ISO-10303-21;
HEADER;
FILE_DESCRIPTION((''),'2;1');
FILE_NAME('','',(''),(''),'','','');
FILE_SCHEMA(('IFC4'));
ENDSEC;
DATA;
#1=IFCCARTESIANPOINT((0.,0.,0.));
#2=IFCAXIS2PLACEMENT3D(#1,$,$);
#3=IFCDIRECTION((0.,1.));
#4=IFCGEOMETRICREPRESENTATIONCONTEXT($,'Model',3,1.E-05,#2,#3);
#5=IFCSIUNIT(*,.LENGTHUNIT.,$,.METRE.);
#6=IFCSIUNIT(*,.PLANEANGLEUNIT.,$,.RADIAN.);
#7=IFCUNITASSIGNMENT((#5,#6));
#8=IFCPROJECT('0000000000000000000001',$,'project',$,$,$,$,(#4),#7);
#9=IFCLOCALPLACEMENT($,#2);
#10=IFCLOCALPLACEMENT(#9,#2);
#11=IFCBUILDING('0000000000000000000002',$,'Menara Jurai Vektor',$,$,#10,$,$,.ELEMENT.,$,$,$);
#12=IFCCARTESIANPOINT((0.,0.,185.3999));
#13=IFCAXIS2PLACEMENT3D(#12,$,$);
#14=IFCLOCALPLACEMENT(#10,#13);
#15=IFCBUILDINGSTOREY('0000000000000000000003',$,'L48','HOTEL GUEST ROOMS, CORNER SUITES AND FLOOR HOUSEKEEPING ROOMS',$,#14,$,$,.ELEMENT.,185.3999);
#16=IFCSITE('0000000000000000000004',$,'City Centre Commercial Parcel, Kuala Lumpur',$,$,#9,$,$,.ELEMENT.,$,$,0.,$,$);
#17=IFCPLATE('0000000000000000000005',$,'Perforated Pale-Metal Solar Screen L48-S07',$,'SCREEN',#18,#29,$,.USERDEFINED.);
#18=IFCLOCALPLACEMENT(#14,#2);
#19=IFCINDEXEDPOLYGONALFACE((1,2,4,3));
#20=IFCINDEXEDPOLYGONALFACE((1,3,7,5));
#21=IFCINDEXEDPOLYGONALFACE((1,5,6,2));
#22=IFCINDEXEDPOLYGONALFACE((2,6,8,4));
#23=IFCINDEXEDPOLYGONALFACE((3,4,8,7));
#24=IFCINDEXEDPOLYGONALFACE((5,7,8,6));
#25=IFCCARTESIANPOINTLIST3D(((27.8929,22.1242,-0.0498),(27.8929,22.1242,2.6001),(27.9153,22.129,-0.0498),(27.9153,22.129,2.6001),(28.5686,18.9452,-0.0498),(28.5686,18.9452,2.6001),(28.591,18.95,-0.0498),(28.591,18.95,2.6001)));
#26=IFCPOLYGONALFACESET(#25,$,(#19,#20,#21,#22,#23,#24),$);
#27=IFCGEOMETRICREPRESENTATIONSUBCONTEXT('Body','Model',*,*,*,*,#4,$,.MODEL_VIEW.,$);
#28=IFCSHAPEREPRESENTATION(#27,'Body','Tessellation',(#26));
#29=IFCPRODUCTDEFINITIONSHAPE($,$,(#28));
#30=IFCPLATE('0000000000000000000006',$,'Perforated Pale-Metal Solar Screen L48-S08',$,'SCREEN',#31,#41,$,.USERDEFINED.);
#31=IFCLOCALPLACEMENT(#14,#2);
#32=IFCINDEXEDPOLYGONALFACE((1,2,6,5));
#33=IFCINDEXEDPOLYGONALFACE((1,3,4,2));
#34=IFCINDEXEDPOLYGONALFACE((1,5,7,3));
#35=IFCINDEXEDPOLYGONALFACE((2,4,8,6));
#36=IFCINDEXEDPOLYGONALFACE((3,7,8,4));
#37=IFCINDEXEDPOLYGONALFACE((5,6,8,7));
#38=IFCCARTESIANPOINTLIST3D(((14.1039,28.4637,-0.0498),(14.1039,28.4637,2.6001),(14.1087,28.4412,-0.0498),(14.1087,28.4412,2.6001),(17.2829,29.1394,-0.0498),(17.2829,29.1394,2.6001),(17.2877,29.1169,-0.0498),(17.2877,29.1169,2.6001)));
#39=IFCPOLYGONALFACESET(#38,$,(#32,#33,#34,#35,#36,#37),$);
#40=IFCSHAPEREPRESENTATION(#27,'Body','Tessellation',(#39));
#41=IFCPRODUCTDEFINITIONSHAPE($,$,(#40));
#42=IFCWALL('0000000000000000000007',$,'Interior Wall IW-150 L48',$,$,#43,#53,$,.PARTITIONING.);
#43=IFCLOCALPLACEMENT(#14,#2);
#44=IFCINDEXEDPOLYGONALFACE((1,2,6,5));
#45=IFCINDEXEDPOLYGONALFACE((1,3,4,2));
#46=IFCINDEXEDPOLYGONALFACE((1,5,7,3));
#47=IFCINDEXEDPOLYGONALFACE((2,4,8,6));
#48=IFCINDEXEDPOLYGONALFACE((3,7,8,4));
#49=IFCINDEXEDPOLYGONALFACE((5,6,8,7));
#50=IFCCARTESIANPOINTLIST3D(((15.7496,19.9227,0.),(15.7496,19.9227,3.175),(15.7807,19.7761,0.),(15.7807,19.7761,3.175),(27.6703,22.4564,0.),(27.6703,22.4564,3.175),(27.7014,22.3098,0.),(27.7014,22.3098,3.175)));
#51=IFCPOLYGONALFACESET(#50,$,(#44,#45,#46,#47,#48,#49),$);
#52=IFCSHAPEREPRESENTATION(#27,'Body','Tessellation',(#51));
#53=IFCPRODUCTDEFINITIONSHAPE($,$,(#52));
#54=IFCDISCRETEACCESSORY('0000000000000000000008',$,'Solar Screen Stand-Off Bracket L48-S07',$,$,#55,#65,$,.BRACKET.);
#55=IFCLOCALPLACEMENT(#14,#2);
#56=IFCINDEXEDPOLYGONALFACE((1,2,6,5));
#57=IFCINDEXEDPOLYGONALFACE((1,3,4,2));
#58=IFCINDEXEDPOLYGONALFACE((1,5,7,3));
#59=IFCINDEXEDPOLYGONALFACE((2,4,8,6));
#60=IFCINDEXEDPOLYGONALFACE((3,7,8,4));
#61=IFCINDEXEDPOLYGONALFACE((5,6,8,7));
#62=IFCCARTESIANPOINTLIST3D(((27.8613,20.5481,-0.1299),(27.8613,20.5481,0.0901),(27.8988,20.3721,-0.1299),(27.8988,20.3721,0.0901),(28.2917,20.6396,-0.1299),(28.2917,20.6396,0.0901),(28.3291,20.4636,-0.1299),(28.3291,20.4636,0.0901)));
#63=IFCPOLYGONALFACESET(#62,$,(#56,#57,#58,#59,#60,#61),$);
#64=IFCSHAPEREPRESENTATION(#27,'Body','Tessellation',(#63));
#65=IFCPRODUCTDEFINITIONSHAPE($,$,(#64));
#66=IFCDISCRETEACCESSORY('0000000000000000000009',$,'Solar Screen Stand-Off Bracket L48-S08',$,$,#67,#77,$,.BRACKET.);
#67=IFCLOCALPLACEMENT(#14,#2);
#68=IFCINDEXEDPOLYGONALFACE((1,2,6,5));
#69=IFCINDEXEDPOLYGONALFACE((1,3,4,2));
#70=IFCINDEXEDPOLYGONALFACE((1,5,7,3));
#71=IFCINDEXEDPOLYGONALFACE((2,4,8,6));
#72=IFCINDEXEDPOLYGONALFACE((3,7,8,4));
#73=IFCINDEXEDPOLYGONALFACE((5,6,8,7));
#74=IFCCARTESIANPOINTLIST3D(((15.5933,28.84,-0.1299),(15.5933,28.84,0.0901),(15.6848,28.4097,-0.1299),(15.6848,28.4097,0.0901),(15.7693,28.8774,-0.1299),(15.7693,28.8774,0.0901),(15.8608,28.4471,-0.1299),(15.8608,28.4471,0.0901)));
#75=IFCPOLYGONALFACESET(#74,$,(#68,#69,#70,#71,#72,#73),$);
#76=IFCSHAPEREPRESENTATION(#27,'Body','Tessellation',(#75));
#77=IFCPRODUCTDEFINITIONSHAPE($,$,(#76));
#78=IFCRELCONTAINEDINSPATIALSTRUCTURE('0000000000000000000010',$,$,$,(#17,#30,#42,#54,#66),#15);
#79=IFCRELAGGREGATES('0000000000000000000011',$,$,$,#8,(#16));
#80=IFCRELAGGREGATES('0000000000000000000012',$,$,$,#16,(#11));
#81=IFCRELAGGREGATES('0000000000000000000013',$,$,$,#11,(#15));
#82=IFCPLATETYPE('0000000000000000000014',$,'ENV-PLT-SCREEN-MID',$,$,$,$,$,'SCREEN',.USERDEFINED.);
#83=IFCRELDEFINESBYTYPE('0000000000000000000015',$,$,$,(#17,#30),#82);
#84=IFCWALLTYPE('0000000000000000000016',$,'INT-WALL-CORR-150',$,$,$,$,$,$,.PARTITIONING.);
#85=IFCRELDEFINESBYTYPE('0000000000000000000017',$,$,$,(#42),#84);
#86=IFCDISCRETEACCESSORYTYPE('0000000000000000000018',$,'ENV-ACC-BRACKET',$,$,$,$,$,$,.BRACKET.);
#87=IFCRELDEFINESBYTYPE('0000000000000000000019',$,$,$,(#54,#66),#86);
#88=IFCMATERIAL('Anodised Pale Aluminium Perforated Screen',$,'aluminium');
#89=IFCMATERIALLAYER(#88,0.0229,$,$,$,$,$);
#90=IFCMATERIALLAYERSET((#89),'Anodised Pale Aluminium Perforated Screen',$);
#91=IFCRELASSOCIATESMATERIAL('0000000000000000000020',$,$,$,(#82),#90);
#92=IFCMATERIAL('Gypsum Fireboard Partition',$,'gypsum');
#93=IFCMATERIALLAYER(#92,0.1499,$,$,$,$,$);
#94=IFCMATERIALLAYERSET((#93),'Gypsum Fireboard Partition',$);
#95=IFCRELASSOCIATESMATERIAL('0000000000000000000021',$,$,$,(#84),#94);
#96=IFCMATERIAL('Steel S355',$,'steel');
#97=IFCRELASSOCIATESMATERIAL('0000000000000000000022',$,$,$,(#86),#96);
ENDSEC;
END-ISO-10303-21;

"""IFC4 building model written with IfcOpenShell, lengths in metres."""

from ifc_helpers import new_model, si_unit, direction, frame, frame_2d, origin, origin_2d, place, context, subcontext, project, spatial, rectangle, extrude, material, layer, layer_set, type_object, element, save


model = new_model("IFC4")

# Units and contexts
model_context = context("Model", 3, precision=1e-05, world=origin(), true_north=direction((0.0, 1.0)))
body_context = subcontext(model_context, "Body", "Model", "MODEL_VIEW")
ifc_project = project(units=[si_unit("LENGTHUNIT", "METRE"), si_unit("PLANEANGLEUNIT", "RADIAN")], contexts=[model_context])

# Site, building, storey
site_placement = place(None, origin())
site = spatial("IfcSite", under=ifc_project, at=site_placement, Name="City Centre Commercial Parcel, Kuala Lumpur", CompositionType="ELEMENT", RefElevation=0.0)
building_placement = place(site_placement, origin())
building = spatial("IfcBuilding", under=site, at=building_placement, Name="Menara Jurai Vektor", CompositionType="ELEMENT")
storey_placement = place(building_placement, frame((0.0, 0.0, 185.3999)))
storey = spatial("IfcBuildingStorey", under=building, at=storey_placement, Name="L48", Description="HOTEL GUEST ROOMS, CORNER SUITES AND FLOOR HOUSEKEEPING ROOMS", CompositionType="ELEMENT", Elevation=185.3999)

# Shared definitions
ifc_material_1 = material(Name="Steel S355", Category="steel")

# Plates
ifc_material_2 = material(Name="Anodised Pale Aluminium Perforated Screen", Category="aluminium")
ifc_layer_1 = layer(ifc_material_2, 0.0229)
ifc_layer_set_1 = layer_set([ifc_layer_1], Name="Anodised Pale Aluminium Perforated Screen")
plate_type_1 = type_object("IfcPlateType", Name="ENV-PLT-SCREEN-MID", ElementType="SCREEN", PredefinedType="USERDEFINED", material=ifc_layer_set_1)
for number, where, z_axis, x_axis, name in (
    (1, (28.2419, 20.5371, -0.0498), (0.0, 0.0, 1.0), (-0.207912, 0.978148, 0.0), "Perforated Pale-Metal Solar Screen L48-S07"),
    (2, (15.6958, 28.7903, -0.0498), (0.0, 0.0, 1.0), (-0.978148, -0.207912, 0.0), "Perforated Pale-Metal Solar Screen L48-S08"),
):
    element("IfcPlate", number, at=place(storey_placement, frame(where, z_axis=z_axis, x_axis=x_axis)), inside=storey, type_object=plate_type_1, Name=name, ObjectType="SCREEN", PredefinedType="USERDEFINED", context=body_context, shape_type="SweptSolid", body=[
        extrude(rectangle(XDim=3.25, YDim=0.0229, at=origin_2d()), origin(), (0.0, 0.0, 1.0), 2.6499),
    ])

# Wall
ifc_material_3 = material(Name="Gypsum Fireboard Partition", Category="gypsum")
ifc_layer_2 = layer(ifc_material_3, 0.1499)
ifc_layer_set_2 = layer_set([ifc_layer_2], Name="Gypsum Fireboard Partition")
wall_type = type_object("IfcWallType", Name="INT-WALL-CORR-150", PredefinedType="PARTITIONING", material=ifc_layer_set_2)
wall_1_placement = place(storey_placement, frame((15.7651, 19.8494, 0.0), z_axis=(0.0, 0.0, 1.0), x_axis=(0.97815, 0.207902, 0.0)))
element("IfcWall", 3, at=wall_1_placement, inside=storey, type_object=wall_type, Name="Interior Wall IW-150 L48", PredefinedType="PARTITIONING", context=body_context, shape_type="SweptSolid", body=[
    extrude(rectangle(XDim=12.187, YDim=0.1499, at=frame_2d((6.0935, 0.0))), origin(), (0.0, 0.0, 1.0), 3.175),
])

# Discrete accessories
discrete_accessory_type = type_object("IfcDiscreteAccessoryType", Name="ENV-ACC-BRACKET", PredefinedType="BRACKET", material=ifc_material_1)
for number, where, z_axis, x_axis, name in (
    (4, (28.0952, 20.5059, -0.1299), (0.0, 0.0, 1.0), (-0.207912, 0.978148, 0.0), "Solar Screen Stand-Off Bracket L48-S07"),
    (5, (15.7271, 28.6436, -0.1299), (0.0, 0.0, 1.0), (-0.978148, -0.207912, 0.0), "Solar Screen Stand-Off Bracket L48-S08"),
):
    element("IfcDiscreteAccessory", number, at=place(storey_placement, frame(where, z_axis=z_axis, x_axis=x_axis)), inside=storey, type_object=discrete_accessory_type, Name=name, PredefinedType="BRACKET", context=body_context, shape_type="SweptSolid", body=[
        extrude(rectangle(XDim=0.1799, YDim=0.4399, at=origin_2d()), origin(), (0.0, 0.0, 1.0), 0.22),
    ])

save(model, "model.ifc")
